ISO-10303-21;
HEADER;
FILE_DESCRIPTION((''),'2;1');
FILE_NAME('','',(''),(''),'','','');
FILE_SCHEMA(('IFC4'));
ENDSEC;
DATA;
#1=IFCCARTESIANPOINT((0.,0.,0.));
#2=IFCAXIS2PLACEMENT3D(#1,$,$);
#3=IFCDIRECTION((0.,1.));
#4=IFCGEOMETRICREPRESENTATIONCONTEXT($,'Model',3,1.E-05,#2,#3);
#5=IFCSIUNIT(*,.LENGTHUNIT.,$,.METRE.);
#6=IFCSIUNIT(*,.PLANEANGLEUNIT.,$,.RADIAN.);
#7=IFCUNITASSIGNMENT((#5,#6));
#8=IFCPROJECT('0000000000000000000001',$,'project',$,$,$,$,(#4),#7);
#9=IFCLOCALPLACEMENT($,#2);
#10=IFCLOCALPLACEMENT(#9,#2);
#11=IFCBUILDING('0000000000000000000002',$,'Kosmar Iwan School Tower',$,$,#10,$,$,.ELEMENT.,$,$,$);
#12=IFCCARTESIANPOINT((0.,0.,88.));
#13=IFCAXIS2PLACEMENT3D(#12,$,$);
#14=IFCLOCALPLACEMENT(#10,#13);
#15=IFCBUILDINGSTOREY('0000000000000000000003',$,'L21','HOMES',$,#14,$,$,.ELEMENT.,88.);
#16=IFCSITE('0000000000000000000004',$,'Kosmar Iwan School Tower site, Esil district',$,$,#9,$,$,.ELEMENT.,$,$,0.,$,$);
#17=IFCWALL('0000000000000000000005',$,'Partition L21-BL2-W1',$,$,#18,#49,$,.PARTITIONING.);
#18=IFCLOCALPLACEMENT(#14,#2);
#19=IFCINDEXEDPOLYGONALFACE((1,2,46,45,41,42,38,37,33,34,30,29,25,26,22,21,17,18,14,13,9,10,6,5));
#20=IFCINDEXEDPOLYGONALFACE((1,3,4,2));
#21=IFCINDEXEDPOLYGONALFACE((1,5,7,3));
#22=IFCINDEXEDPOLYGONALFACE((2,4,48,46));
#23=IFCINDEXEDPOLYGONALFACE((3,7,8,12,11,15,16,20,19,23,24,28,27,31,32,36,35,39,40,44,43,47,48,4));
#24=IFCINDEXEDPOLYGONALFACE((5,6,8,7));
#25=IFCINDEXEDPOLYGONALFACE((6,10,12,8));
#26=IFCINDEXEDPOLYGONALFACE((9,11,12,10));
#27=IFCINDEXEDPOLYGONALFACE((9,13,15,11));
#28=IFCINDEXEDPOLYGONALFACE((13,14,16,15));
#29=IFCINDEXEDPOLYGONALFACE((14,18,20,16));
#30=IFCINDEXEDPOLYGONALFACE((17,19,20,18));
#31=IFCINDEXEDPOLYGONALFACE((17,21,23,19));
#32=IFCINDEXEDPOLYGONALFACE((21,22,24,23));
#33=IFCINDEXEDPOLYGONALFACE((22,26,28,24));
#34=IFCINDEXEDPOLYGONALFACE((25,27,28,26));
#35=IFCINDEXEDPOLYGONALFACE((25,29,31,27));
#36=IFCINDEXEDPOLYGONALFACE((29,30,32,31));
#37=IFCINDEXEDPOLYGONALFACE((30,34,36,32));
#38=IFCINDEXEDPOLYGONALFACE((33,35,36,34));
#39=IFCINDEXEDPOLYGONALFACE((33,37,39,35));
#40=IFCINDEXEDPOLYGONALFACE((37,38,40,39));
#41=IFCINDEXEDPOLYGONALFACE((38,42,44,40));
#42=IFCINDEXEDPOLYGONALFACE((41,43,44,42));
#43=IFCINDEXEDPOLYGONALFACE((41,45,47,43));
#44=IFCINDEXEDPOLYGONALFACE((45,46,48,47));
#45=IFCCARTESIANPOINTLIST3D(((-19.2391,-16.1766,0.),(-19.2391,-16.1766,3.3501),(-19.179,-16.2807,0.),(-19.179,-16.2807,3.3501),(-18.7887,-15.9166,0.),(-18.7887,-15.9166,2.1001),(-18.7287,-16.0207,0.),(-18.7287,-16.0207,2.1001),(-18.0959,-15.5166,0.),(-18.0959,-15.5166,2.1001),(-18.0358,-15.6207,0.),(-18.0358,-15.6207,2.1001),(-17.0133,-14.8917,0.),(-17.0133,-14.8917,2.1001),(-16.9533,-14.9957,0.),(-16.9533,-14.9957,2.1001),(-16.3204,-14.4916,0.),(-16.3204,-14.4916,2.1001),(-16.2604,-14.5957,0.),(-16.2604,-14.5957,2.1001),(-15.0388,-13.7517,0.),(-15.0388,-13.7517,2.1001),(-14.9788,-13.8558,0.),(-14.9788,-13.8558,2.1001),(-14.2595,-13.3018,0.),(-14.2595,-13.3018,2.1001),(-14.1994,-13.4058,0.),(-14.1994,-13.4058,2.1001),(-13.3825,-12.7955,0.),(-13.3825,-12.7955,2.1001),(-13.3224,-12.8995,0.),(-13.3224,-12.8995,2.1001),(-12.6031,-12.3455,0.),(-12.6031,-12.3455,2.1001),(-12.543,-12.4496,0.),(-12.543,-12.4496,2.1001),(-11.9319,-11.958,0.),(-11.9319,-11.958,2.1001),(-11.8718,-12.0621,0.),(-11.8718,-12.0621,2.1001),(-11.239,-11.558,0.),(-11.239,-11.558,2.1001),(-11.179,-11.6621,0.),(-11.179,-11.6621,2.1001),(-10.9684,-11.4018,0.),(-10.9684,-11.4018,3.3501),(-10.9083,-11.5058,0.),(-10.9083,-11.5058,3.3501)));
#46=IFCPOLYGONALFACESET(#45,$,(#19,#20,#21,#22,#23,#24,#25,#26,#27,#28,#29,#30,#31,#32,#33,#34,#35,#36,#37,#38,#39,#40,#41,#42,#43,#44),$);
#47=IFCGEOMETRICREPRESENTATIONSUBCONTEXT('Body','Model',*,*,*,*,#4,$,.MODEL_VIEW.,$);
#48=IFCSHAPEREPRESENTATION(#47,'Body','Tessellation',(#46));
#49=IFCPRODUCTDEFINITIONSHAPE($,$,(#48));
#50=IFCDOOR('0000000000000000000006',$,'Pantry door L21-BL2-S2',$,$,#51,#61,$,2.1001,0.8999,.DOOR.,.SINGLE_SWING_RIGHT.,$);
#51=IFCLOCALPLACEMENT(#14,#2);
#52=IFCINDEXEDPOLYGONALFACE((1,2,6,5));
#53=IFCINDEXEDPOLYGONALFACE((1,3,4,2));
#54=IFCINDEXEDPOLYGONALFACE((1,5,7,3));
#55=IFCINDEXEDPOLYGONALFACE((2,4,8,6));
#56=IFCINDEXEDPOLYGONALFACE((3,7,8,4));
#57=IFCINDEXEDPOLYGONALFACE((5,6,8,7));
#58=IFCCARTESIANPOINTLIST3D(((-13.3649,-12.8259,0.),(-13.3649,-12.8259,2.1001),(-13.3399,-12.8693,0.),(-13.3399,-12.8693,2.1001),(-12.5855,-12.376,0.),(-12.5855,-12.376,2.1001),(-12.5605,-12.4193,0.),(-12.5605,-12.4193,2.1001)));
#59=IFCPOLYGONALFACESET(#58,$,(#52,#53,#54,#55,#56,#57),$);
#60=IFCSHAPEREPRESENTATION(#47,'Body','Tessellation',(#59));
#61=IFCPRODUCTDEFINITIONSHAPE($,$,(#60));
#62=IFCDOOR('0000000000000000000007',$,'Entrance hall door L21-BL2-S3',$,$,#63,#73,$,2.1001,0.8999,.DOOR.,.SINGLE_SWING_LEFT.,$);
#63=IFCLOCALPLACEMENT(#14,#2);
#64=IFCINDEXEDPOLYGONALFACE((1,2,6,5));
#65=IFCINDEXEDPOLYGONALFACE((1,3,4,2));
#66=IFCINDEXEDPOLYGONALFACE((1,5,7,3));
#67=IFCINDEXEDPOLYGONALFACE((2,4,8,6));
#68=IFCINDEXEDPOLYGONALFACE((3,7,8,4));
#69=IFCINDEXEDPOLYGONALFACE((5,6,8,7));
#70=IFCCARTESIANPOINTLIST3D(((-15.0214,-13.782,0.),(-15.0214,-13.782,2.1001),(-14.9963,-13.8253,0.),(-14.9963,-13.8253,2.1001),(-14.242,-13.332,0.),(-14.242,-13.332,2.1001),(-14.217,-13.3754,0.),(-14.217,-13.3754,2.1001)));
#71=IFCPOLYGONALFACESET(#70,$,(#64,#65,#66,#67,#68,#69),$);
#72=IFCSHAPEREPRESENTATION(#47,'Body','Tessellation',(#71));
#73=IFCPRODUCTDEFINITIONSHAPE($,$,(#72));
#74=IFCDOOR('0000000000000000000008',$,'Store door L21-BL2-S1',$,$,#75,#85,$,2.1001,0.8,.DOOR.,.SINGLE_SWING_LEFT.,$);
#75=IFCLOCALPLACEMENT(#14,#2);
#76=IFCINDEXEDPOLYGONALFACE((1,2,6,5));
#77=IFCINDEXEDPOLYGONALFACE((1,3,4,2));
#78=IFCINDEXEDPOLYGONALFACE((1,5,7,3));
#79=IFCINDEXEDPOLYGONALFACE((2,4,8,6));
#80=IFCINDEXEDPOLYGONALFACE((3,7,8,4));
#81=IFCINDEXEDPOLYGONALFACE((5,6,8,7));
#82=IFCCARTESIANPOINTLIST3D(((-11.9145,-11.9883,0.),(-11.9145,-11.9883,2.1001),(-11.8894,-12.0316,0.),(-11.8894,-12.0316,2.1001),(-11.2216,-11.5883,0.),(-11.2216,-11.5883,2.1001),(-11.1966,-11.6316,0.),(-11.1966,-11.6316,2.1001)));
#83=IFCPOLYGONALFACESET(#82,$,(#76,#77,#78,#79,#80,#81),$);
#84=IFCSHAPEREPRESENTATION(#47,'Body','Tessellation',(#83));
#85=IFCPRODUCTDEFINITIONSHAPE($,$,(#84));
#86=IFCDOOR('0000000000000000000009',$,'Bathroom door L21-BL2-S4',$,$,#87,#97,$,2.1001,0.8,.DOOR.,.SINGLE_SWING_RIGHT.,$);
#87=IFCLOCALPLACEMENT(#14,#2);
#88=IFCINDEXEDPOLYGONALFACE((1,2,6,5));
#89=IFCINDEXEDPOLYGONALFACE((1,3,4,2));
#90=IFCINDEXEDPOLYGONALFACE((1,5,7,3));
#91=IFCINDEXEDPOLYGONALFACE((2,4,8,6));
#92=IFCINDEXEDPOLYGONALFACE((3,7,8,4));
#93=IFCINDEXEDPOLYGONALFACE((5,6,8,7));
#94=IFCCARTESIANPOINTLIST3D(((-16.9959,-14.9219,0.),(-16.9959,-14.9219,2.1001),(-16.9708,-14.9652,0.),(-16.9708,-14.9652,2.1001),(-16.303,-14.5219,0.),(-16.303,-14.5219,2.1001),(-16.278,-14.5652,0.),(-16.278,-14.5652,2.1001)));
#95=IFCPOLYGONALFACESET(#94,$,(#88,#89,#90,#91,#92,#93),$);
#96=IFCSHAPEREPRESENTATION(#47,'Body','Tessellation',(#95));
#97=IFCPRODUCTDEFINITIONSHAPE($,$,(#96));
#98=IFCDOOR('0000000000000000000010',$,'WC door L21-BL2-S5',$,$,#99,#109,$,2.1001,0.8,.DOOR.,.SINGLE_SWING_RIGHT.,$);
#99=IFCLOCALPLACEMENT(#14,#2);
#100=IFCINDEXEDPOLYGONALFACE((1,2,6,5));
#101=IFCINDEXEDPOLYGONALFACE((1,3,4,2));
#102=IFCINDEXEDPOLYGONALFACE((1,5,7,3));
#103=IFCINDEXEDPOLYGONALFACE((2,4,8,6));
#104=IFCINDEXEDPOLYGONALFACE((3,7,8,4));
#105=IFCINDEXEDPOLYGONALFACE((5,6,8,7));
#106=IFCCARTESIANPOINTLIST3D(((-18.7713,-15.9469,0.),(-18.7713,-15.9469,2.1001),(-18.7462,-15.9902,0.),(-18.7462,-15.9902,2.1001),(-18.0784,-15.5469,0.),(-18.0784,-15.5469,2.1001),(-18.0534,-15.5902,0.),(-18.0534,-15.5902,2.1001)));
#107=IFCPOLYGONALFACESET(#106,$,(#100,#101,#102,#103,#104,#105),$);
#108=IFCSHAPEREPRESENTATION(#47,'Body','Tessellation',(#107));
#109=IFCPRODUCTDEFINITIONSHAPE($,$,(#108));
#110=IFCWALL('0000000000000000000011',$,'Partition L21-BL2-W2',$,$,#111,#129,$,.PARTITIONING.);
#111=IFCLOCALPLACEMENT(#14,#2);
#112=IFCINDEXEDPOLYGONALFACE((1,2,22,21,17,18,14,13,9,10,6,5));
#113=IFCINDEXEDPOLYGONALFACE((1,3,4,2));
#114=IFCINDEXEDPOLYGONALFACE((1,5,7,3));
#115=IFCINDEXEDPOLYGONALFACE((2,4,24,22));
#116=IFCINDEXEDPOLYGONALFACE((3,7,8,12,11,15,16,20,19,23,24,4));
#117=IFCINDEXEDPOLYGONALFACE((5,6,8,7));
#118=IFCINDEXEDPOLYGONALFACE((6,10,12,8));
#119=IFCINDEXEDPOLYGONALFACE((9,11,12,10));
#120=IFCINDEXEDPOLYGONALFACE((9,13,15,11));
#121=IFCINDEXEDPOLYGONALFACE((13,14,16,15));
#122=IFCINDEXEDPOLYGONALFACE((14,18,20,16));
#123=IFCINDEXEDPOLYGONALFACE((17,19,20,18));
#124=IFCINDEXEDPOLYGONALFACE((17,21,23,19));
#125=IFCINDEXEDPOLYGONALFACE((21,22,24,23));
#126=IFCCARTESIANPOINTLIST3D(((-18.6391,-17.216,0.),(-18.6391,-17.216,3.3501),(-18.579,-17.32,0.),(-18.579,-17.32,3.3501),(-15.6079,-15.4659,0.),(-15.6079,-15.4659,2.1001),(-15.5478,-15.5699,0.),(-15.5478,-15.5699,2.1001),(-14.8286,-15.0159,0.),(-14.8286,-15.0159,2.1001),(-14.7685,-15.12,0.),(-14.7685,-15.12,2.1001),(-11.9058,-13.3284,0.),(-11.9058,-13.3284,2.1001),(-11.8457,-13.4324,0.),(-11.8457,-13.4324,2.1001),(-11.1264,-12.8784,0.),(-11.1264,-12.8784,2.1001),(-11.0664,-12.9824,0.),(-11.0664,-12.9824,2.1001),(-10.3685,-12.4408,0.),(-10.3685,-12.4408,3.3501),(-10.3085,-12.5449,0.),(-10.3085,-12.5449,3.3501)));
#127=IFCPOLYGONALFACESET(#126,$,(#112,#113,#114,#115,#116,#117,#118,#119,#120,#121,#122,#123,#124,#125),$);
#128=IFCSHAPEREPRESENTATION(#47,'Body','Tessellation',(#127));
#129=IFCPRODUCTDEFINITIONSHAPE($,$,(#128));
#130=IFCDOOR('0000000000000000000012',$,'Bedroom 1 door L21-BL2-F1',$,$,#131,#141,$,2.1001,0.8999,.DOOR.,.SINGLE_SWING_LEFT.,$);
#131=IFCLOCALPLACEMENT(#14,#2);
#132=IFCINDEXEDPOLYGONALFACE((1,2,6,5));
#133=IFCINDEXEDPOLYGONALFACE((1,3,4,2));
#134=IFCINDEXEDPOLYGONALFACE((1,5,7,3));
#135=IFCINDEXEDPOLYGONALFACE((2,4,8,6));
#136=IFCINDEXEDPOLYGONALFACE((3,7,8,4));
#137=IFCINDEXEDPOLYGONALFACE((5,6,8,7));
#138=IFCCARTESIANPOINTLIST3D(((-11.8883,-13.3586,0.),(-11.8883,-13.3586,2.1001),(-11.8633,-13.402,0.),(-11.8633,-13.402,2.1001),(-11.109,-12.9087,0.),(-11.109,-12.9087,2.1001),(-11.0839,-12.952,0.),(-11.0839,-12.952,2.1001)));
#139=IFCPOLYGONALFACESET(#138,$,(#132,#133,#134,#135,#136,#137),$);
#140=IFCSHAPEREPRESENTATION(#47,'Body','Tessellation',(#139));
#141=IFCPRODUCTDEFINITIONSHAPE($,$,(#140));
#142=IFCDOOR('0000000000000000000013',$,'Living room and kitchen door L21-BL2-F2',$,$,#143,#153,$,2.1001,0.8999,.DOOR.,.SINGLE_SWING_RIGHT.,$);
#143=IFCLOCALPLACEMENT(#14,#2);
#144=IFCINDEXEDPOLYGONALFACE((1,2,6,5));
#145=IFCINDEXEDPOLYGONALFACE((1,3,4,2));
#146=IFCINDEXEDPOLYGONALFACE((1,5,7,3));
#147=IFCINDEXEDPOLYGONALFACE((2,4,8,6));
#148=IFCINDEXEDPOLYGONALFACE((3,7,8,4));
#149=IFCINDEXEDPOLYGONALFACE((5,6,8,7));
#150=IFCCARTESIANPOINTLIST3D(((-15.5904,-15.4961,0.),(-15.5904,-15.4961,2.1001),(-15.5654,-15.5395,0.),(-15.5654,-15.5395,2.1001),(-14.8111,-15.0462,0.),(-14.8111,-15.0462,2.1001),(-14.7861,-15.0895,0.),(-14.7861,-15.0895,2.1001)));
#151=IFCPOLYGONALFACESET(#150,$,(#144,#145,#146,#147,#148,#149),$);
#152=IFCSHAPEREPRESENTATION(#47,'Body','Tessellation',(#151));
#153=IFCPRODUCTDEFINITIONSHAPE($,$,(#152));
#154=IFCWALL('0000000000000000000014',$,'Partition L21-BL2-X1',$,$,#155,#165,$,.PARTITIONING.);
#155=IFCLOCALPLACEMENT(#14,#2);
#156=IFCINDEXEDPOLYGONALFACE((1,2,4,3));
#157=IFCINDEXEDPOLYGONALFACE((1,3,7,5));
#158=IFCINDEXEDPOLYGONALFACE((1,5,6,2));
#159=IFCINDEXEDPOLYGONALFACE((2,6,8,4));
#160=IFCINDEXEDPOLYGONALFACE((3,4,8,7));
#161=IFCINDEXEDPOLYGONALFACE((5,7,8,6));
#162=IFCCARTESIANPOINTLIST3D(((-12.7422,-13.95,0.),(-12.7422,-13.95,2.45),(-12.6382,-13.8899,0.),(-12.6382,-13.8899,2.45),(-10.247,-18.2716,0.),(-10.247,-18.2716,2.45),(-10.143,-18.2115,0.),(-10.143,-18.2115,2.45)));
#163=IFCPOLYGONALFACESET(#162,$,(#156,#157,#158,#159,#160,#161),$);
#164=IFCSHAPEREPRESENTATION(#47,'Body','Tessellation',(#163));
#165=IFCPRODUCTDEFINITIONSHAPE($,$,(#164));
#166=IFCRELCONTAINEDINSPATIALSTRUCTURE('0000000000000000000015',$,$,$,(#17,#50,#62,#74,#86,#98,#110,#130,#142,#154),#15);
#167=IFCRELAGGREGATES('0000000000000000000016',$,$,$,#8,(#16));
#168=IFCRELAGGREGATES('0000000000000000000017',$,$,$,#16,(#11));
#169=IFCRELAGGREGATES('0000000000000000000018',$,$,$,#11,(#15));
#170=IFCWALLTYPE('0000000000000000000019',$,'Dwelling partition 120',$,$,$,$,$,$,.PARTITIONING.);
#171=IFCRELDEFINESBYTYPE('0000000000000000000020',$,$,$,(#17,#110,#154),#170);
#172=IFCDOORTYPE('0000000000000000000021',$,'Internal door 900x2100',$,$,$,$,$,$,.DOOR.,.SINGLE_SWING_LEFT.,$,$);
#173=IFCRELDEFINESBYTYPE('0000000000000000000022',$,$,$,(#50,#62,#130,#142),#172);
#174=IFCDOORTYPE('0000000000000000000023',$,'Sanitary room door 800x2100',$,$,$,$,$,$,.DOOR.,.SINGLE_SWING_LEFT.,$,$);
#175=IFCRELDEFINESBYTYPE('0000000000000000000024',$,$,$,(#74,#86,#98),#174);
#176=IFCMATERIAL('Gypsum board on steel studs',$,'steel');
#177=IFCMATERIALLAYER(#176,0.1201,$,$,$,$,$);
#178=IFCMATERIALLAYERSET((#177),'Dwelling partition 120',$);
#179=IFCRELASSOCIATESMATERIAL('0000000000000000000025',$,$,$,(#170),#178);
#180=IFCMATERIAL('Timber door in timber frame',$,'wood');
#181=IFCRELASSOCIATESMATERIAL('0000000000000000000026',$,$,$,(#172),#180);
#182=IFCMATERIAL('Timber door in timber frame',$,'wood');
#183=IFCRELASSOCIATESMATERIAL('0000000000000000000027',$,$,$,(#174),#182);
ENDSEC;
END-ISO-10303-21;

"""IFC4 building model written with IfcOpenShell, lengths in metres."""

from ifc_helpers import new_model, si_unit, direction, frame, frame_2d, origin, place, context, subcontext, project, spatial, rectangle, extrude, material, layer, layer_set, type_object, element, fill, save


model = new_model("IFC4")

# Units and contexts
model_context = context("Model", 3, precision=1e-05, world=origin(), true_north=direction((0.0, 1.0)))
body_context = subcontext(model_context, "Body", "Model", "MODEL_VIEW")
ifc_project = project(units=[si_unit("LENGTHUNIT", "METRE"), si_unit("PLANEANGLEUNIT", "RADIAN")], contexts=[model_context])

# Site, building, storey
site_placement = place(None, origin())
site = spatial("IfcSite", under=ifc_project, at=site_placement, Name="Kosmar Iwan School Tower site, Esil district", CompositionType="ELEMENT", RefElevation=0.0)
building_placement = place(site_placement, origin())
building = spatial("IfcBuilding", under=site, at=building_placement, Name="Kosmar Iwan School Tower", CompositionType="ELEMENT")
storey_placement = place(building_placement, frame((0.0, 0.0, 88.0)))
storey = spatial("IfcBuildingStorey", under=building, at=storey_placement, Name="L21", Description="HOMES", CompositionType="ELEMENT", Elevation=88.0)

# Shared definitions
ifc_material_1 = material(Name="Gypsum board on steel studs", Category="steel")
ifc_layer_1 = layer(ifc_material_1, 0.1201)
ifc_layer_set_1 = layer_set([ifc_layer_1], Name="Dwelling partition 120")
wall_type_1 = type_object("IfcWallType", Name="Dwelling partition 120", PredefinedType="PARTITIONING", material=ifc_layer_set_1)
ifc_material_2 = material(Name="Timber door in timber frame", Category="wood")
door_type_1 = type_object("IfcDoorType", Name="Internal door 900x2100", OperationType="SINGLE_SWING_LEFT", PredefinedType="DOOR", material=ifc_material_2)
ifc_material_3 = material(Name="Timber door in timber frame", Category="wood")
door_type_2 = type_object("IfcDoorType", Name="Sanitary room door 800x2100", OperationType="SINGLE_SWING_LEFT", PredefinedType="DOOR", material=ifc_material_3)

# Walls, openings, doors
wall_1_placement = place(storey_placement, frame((-10.9385, -11.4539, 0.0), z_axis=(0.0, 0.0, 1.0), x_axis=(-0.866035, -0.499983, 0.0)))
wall_1 = element("IfcWall", 1, at=wall_1_placement, inside=storey, type_object=wall_type_1, Name="Partition L21-BL2-W1", PredefinedType="PARTITIONING", context=body_context, shape_type="SweptSolid", body=[
    extrude(rectangle(XDim=9.55, YDim=0.1201, at=frame_2d((4.7749, 0.0))), origin(), (0.0, 0.0, 1.0), 3.3501),
])
opening_1_placement = place(wall_1_placement, frame((0.3125, 0.0, 0.0)))
opening_1 = element("IfcOpeningElement", 2, at=opening_1_placement, cuts=wall_1, PredefinedType="OPENING", context=body_context, shape_type="SweptSolid", body=[
    extrude(rectangle(XDim=0.8, YDim=2.1001, at=frame_2d((0.3999, 1.05))), frame((0.0, 0.072, 0.0), z_axis=(0.0, -1.0, 0.0), x_axis=(1.0, 0.0, 0.0)), (0.0, 0.0, 1.0), 0.144),
])
opening_2_placement = place(wall_1_placement, frame((1.8875, 0.0, 0.0)))
opening_2 = element("IfcOpeningElement", 3, at=opening_2_placement, cuts=wall_1, PredefinedType="OPENING", context=body_context, shape_type="SweptSolid", body=[
    extrude(rectangle(XDim=0.8999, YDim=2.1001, at=frame_2d((0.45, 1.05))), frame((0.0, 0.072, 0.0), z_axis=(0.0, -1.0, 0.0), x_axis=(1.0, 0.0, 0.0)), (0.0, 0.0, 1.0), 0.144),
])
opening_3_placement = place(wall_1_placement, frame((3.8, 0.0, 0.0)))
opening_3 = element("IfcOpeningElement", 4, at=opening_3_placement, cuts=wall_1, PredefinedType="OPENING", context=body_context, shape_type="SweptSolid", body=[
    extrude(rectangle(XDim=0.8999, YDim=2.1001, at=frame_2d((0.45, 1.05))), frame((0.0, 0.072, 0.0), z_axis=(0.0, -1.0, 0.0), x_axis=(1.0, 0.0, 0.0)), (0.0, 0.0, 1.0), 0.144),
])
opening_4_placement = place(wall_1_placement, frame((6.1799, 0.0, 0.0)))
opening_4 = element("IfcOpeningElement", 5, at=opening_4_placement, cuts=wall_1, PredefinedType="OPENING", context=body_context, shape_type="SweptSolid", body=[
    extrude(rectangle(XDim=0.8, YDim=2.1001, at=frame_2d((0.3999, 1.05))), frame((0.0, 0.072, 0.0), z_axis=(0.0, -1.0, 0.0), x_axis=(1.0, 0.0, 0.0)), (0.0, 0.0, 1.0), 0.144),
])
opening_5_placement = place(wall_1_placement, frame((8.23, 0.0, 0.0)))
opening_5 = element("IfcOpeningElement", 6, at=opening_5_placement, cuts=wall_1, PredefinedType="OPENING", context=body_context, shape_type="SweptSolid", body=[
    extrude(rectangle(XDim=0.8, YDim=2.1001, at=frame_2d((0.3999, 1.05))), frame((0.0, 0.072, 0.0), z_axis=(0.0, -1.0, 0.0), x_axis=(1.0, 0.0, 0.0)), (0.0, 0.0, 1.0), 0.144),
])
door_1_placement = place(opening_2_placement, frame((0.8999, 0.0, 0.0), z_axis=(0.0, 0.0, 1.0), x_axis=(-1.0, 0.0, 0.0)))
door_1 = element("IfcDoor", 7, at=door_1_placement, inside=storey, type_object=door_type_1, Name="Pantry door L21-BL2-S2", OperationType="SINGLE_SWING_RIGHT", OverallHeight=2.1001, OverallWidth=0.8999, PredefinedType="DOOR", context=body_context, shape_type="SweptSolid", body=[
    extrude(rectangle(XDim=0.8999, YDim=2.1001, at=frame_2d((0.45, 1.05))), frame((0.0, 0.0249, 0.0), z_axis=(0.0, -1.0, 0.0), x_axis=(1.0, 0.0, 0.0)), (0.0, 0.0, 1.0), 0.05),
])
fill(opening_2, door_1)
door_2_placement = place(opening_3_placement, origin())
door_2 = element("IfcDoor", 8, at=door_2_placement, inside=storey, type_object=door_type_1, Name="Entrance hall door L21-BL2-S3", OperationType="SINGLE_SWING_LEFT", OverallHeight=2.1001, OverallWidth=0.8999, PredefinedType="DOOR", context=body_context, shape_type="SweptSolid", body=[
    extrude(rectangle(XDim=0.8999, YDim=2.1001, at=frame_2d((0.45, 1.05))), frame((0.0, 0.0249, 0.0), z_axis=(0.0, -1.0, 0.0), x_axis=(1.0, 0.0, 0.0)), (0.0, 0.0, 1.0), 0.05),
])
fill(opening_3, door_2)
door_3_placement = place(opening_1_placement, origin())
door_3 = element("IfcDoor", 9, at=door_3_placement, inside=storey, type_object=door_type_2, Name="Store door L21-BL2-S1", OperationType="SINGLE_SWING_LEFT", OverallHeight=2.1001, OverallWidth=0.8, PredefinedType="DOOR", context=body_context, shape_type="SweptSolid", body=[
    extrude(rectangle(XDim=0.8, YDim=2.1001, at=frame_2d((0.3999, 1.05))), frame((0.0, 0.0249, 0.0), z_axis=(0.0, -1.0, 0.0), x_axis=(1.0, 0.0, 0.0)), (0.0, 0.0, 1.0), 0.05),
])
fill(opening_1, door_3)
door_4_placement = place(opening_4_placement, origin())
door_4 = element("IfcDoor", 10, at=door_4_placement, inside=storey, type_object=door_type_2, Name="Bathroom door L21-BL2-S4", OperationType="SINGLE_SWING_RIGHT", OverallHeight=2.1001, OverallWidth=0.8, PredefinedType="DOOR", context=body_context, shape_type="SweptSolid", body=[
    extrude(rectangle(XDim=0.8, YDim=2.1001, at=frame_2d((0.3999, 1.05))), frame((0.0, 0.0249, 0.0), z_axis=(0.0, -1.0, 0.0), x_axis=(1.0, 0.0, 0.0)), (0.0, 0.0, 1.0), 0.05),
])
fill(opening_4, door_4)
door_5_placement = place(opening_5_placement, origin())
door_5 = element("IfcDoor", 11, at=door_5_placement, inside=storey, type_object=door_type_2, Name="WC door L21-BL2-S5", OperationType="SINGLE_SWING_RIGHT", OverallHeight=2.1001, OverallWidth=0.8, PredefinedType="DOOR", context=body_context, shape_type="SweptSolid", body=[
    extrude(rectangle(XDim=0.8, YDim=2.1001, at=frame_2d((0.3999, 1.05))), frame((0.0, 0.0249, 0.0), z_axis=(0.0, -1.0, 0.0), x_axis=(1.0, 0.0, 0.0)), (0.0, 0.0, 1.0), 0.05),
])
fill(opening_5, door_5)
wall_2_placement = place(storey_placement, frame((-10.3386, -12.4929, 0.0), z_axis=(0.0, 0.0, 1.0), x_axis=(-0.866018, -0.500013, 0.0)))
wall_2 = element("IfcWall", 12, at=wall_2_placement, inside=storey, type_object=wall_type_1, Name="Partition L21-BL2-W2", PredefinedType="PARTITIONING", context=body_context, shape_type="SweptSolid", body=[
    extrude(rectangle(XDim=9.55, YDim=0.1201, at=frame_2d((4.7749, 0.0))), origin(), (0.0, 0.0, 1.0), 3.3501),
])
opening_6_placement = place(wall_2_placement, frame((0.875, 0.0, 0.0)))
opening_6 = element("IfcOpeningElement", 13, at=opening_6_placement, cuts=wall_2, PredefinedType="OPENING", context=body_context, shape_type="SweptSolid", body=[
    extrude(rectangle(XDim=0.8999, YDim=2.1001, at=frame_2d((0.45, 1.05))), frame((0.0, 0.072, 0.0), z_axis=(0.0, -1.0, 0.0), x_axis=(1.0, 0.0, 0.0)), (0.0, 0.0, 1.0), 0.144),
])
opening_7_placement = place(wall_2_placement, frame((5.1499, 0.0, 0.0)))
opening_7 = element("IfcOpeningElement", 14, at=opening_7_placement, cuts=wall_2, PredefinedType="OPENING", context=body_context, shape_type="SweptSolid", body=[
    extrude(rectangle(XDim=0.8999, YDim=2.1001, at=frame_2d((0.45, 1.05))), frame((0.0, 0.072, 0.0), z_axis=(0.0, -1.0, 0.0), x_axis=(1.0, 0.0, 0.0)), (0.0, 0.0, 1.0), 0.144),
])
door_6_placement = place(opening_6_placement, origin())
door_6 = element("IfcDoor", 15, at=door_6_placement, inside=storey, type_object=door_type_1, Name="Bedroom 1 door L21-BL2-F1", OperationType="SINGLE_SWING_LEFT", OverallHeight=2.1001, OverallWidth=0.8999, PredefinedType="DOOR", context=body_context, shape_type="SweptSolid", body=[
    extrude(rectangle(XDim=0.8999, YDim=2.1001, at=frame_2d((0.45, 1.05))), frame((0.0, 0.0249, 0.0), z_axis=(0.0, -1.0, 0.0), x_axis=(1.0, 0.0, 0.0)), (0.0, 0.0, 1.0), 0.05),
])
fill(opening_6, door_6)
door_7_placement = place(opening_7_placement, origin())
door_7 = element("IfcDoor", 16, at=door_7_placement, inside=storey, type_object=door_type_1, Name="Living room and kitchen door L21-BL2-F2", OperationType="SINGLE_SWING_RIGHT", OverallHeight=2.1001, OverallWidth=0.8999, PredefinedType="DOOR", context=body_context, shape_type="SweptSolid", body=[
    extrude(rectangle(XDim=0.8999, YDim=2.1001, at=frame_2d((0.45, 1.05))), frame((0.0, 0.0249, 0.0), z_axis=(0.0, -1.0, 0.0), x_axis=(1.0, 0.0, 0.0)), (0.0, 0.0, 1.0), 0.05),
])
fill(opening_7, door_7)

# Wall
wall_3_placement = place(storey_placement, frame((-12.6902, -13.9199, 0.0), z_axis=(0.0, 0.0, 1.0), x_axis=(0.500012, -0.866019, 0.0)))
element("IfcWall", 17, at=wall_3_placement, inside=storey, type_object=wall_type_1, Name="Partition L21-BL2-X1", PredefinedType="PARTITIONING", context=body_context, shape_type="SweptSolid", body=[
    extrude(rectangle(XDim=4.9902, YDim=0.1201, at=frame_2d((2.4951, 0.0))), origin(), (0.0, 0.0, 1.0), 2.45),
])

save(model, "model.ifc")
